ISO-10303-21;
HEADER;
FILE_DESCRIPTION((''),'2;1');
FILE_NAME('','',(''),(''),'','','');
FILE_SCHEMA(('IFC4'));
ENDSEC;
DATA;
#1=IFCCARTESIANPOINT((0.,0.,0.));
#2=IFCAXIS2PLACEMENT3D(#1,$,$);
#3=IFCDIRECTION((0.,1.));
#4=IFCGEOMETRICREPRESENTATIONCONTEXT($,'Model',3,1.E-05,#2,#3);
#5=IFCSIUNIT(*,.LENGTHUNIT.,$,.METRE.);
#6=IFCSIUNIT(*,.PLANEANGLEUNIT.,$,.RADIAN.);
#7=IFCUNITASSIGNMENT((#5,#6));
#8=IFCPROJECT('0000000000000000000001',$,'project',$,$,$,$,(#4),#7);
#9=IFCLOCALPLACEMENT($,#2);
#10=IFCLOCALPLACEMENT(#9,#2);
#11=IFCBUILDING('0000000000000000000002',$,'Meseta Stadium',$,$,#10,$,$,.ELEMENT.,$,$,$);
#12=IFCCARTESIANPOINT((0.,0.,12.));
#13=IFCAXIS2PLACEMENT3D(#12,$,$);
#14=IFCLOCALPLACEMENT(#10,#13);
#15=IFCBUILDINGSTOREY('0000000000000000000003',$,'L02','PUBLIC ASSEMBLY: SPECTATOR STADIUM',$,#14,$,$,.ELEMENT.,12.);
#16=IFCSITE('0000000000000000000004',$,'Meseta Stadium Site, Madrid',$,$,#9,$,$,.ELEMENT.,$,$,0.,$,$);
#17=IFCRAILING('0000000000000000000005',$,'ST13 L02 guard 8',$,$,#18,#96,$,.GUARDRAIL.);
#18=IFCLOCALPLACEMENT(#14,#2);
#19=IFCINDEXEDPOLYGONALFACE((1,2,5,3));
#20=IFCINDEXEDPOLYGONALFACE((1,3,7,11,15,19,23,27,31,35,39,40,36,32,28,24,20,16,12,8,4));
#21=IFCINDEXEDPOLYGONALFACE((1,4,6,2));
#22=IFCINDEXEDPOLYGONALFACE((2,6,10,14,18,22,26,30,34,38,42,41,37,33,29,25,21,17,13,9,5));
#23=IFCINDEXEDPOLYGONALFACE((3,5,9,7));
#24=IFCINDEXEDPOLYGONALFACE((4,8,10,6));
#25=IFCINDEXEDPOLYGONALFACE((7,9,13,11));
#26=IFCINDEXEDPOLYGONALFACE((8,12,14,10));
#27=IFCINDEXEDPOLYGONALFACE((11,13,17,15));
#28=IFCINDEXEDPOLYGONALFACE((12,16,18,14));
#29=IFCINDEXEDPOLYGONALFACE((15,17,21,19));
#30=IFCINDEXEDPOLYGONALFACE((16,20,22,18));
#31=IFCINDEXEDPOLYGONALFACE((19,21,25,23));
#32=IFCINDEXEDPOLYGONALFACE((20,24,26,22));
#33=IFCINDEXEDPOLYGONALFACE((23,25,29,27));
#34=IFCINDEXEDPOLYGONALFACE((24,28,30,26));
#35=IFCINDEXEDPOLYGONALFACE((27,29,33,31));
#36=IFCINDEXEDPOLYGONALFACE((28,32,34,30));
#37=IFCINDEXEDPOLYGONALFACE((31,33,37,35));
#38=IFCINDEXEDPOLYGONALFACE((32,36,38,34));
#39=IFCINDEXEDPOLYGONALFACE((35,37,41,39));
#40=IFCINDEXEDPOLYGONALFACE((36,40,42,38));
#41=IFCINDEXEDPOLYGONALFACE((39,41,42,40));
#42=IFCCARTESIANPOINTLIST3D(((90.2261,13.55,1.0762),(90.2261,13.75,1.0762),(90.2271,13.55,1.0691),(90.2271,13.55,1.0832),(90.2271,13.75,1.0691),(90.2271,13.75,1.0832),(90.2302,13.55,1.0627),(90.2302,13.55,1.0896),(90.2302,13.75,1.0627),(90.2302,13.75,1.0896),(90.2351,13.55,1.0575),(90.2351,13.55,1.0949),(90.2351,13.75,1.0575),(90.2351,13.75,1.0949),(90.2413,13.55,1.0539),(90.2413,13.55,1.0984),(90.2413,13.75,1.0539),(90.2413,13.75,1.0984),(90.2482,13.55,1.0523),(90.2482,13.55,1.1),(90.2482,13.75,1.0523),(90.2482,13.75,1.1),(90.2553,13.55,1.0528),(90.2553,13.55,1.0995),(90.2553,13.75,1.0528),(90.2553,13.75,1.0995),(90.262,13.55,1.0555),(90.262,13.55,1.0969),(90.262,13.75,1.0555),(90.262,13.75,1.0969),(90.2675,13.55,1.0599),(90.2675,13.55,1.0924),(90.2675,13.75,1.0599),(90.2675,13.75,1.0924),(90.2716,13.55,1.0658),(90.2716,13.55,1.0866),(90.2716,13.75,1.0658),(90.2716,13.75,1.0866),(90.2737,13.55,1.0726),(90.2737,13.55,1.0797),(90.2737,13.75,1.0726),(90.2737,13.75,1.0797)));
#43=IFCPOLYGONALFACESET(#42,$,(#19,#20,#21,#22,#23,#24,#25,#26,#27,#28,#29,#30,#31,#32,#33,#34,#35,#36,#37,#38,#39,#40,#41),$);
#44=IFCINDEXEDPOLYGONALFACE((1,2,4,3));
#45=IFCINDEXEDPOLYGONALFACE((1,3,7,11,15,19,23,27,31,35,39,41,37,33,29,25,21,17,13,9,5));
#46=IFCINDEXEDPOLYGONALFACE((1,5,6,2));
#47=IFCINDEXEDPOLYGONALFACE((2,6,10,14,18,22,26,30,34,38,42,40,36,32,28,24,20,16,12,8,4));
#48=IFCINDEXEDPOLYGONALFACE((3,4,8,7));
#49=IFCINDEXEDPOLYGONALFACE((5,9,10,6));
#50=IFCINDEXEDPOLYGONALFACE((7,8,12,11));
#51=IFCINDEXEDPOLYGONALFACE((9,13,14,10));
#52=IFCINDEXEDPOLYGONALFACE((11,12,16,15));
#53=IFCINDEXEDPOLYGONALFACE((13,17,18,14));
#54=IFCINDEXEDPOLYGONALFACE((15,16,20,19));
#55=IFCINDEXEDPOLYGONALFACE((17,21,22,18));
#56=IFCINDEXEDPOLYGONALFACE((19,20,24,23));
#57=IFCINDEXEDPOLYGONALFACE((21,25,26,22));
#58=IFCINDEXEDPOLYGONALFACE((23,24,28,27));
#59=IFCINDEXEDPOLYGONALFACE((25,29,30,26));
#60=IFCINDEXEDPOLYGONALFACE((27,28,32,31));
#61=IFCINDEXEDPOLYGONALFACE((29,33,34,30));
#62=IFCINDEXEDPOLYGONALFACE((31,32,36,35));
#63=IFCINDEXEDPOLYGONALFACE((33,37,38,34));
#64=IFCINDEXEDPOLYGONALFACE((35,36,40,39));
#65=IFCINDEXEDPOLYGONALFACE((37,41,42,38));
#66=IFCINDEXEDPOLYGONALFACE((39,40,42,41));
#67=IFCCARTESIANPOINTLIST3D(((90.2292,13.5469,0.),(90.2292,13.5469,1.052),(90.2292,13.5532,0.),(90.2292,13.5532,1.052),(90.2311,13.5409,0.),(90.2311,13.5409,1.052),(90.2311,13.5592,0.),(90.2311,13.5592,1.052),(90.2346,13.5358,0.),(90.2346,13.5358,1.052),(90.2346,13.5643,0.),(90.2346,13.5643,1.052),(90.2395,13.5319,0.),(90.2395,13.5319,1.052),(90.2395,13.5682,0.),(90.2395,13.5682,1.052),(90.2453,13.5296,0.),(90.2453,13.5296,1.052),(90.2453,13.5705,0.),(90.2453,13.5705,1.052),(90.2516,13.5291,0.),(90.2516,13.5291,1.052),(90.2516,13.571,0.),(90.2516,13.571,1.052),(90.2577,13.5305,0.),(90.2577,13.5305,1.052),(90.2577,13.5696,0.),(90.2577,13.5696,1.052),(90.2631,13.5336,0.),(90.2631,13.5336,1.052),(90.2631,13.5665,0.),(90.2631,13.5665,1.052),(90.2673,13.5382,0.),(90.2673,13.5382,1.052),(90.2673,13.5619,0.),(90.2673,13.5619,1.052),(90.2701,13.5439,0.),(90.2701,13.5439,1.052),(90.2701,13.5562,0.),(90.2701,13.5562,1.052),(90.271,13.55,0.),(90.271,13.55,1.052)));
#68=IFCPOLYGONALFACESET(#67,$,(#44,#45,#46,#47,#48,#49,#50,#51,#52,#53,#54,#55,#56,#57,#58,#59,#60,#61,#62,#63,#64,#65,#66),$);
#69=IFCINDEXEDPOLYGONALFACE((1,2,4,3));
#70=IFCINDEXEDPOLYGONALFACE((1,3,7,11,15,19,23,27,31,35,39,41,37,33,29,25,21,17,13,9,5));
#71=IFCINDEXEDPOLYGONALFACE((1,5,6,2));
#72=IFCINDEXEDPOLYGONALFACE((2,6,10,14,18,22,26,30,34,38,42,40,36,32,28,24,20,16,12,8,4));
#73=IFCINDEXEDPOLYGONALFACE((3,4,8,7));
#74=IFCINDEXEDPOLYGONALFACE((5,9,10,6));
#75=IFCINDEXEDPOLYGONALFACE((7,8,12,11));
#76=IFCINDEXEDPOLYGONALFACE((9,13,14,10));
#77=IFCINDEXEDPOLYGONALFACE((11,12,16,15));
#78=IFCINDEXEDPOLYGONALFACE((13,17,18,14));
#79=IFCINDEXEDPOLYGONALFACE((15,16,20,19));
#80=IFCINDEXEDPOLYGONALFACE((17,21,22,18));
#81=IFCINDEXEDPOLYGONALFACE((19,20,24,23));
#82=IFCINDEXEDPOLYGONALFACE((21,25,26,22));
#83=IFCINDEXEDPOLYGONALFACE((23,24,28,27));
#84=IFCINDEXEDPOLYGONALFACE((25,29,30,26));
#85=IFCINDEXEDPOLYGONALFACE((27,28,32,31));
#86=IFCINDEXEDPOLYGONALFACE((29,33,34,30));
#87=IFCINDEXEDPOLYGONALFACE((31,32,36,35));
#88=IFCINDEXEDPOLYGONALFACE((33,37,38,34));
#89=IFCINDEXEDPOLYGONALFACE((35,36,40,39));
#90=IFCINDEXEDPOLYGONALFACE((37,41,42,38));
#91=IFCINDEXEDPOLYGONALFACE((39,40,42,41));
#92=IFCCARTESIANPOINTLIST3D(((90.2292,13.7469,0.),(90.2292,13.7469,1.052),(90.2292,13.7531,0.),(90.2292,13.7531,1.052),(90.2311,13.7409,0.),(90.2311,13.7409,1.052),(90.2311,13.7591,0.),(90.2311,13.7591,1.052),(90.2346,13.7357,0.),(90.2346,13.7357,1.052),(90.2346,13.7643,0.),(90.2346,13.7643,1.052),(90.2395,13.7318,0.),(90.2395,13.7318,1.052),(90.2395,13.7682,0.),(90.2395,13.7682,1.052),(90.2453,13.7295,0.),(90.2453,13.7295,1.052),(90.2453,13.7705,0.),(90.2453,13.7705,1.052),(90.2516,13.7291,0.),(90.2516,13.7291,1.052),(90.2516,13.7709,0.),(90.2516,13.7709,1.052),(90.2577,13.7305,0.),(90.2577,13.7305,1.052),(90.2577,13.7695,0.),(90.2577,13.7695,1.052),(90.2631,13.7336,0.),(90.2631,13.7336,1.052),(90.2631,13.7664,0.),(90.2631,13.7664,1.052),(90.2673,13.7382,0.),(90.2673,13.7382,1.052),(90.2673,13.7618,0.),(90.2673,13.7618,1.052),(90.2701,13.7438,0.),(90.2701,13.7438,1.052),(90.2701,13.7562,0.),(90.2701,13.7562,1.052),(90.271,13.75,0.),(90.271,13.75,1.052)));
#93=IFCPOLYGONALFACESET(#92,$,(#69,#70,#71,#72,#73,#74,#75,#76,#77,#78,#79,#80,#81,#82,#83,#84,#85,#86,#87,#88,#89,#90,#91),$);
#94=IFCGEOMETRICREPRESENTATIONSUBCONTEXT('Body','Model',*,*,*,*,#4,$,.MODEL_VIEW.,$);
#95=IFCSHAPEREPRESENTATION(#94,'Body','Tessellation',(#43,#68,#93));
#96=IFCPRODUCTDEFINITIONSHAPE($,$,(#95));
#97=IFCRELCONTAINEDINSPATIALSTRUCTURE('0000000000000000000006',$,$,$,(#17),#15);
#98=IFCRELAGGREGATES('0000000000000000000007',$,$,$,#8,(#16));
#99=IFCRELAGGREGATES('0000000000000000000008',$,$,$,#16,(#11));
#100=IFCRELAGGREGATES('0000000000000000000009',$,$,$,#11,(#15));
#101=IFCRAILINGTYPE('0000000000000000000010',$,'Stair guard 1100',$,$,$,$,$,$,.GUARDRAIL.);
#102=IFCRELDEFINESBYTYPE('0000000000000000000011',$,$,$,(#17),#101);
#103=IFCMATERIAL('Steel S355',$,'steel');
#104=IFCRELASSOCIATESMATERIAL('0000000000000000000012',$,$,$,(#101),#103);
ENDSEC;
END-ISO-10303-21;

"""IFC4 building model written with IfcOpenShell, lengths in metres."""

from ifc_helpers import new_model, si_unit, direction, frame, origin, origin_2d, place, context, subcontext, project, spatial, circle, extrude, material, type_object, element, save


model = new_model("IFC4")

# Units and contexts
model_context = context("Model", 3, precision=1e-05, world=origin(), true_north=direction((0.0, 1.0)))
body_context = subcontext(model_context, "Body", "Model", "MODEL_VIEW")
ifc_project = project(units=[si_unit("LENGTHUNIT", "METRE"), si_unit("PLANEANGLEUNIT", "RADIAN")], contexts=[model_context])

# Site, building, storey
site_placement = place(None, origin())
site = spatial("IfcSite", under=ifc_project, at=site_placement, Name="Meseta Stadium Site, Madrid", CompositionType="ELEMENT", RefElevation=0.0)
building_placement = place(site_placement, origin())
building = spatial("IfcBuilding", under=site, at=building_placement, Name="Meseta Stadium", CompositionType="ELEMENT")
storey_placement = place(building_placement, frame((0.0, 0.0, 12.0)))
storey = spatial("IfcBuildingStorey", under=building, at=storey_placement, Name="L02", Description="PUBLIC ASSEMBLY: SPECTATOR STADIUM", CompositionType="ELEMENT", Elevation=12.0)

# Railing
ifc_material_1 = material(Name="Steel S355", Category="steel")
railing_type_1 = type_object("IfcRailingType", Name="Stair guard 1100", PredefinedType="GUARDRAIL", material=ifc_material_1)
railing_1_placement = place(storey_placement, frame((90.25, 13.55, 0.0)))
element("IfcRailing", 1, at=railing_1_placement, inside=storey, type_object=railing_type_1, Name="ST13 L02 guard 8", PredefinedType="GUARDRAIL", context=body_context, shape_type="SweptSolid", body=[
    extrude(circle(Radius=0.0239, at=origin_2d()), frame((0.0, 0.0, 1.0762), z_axis=(0.0, 1.0, 0.0), x_axis=(-1.0, 0.0, 0.0)), (0.0, 0.0, 1.0), 0.2),
    extrude(circle(Radius=0.021, at=origin_2d()), origin(), (0.0, 0.0, 1.0), 1.052),
    extrude(circle(Radius=0.021, at=origin_2d()), frame((0.0, 0.2, 0.0)), (0.0, 0.0, 1.0), 1.052),
])

save(model, "model.ifc")
